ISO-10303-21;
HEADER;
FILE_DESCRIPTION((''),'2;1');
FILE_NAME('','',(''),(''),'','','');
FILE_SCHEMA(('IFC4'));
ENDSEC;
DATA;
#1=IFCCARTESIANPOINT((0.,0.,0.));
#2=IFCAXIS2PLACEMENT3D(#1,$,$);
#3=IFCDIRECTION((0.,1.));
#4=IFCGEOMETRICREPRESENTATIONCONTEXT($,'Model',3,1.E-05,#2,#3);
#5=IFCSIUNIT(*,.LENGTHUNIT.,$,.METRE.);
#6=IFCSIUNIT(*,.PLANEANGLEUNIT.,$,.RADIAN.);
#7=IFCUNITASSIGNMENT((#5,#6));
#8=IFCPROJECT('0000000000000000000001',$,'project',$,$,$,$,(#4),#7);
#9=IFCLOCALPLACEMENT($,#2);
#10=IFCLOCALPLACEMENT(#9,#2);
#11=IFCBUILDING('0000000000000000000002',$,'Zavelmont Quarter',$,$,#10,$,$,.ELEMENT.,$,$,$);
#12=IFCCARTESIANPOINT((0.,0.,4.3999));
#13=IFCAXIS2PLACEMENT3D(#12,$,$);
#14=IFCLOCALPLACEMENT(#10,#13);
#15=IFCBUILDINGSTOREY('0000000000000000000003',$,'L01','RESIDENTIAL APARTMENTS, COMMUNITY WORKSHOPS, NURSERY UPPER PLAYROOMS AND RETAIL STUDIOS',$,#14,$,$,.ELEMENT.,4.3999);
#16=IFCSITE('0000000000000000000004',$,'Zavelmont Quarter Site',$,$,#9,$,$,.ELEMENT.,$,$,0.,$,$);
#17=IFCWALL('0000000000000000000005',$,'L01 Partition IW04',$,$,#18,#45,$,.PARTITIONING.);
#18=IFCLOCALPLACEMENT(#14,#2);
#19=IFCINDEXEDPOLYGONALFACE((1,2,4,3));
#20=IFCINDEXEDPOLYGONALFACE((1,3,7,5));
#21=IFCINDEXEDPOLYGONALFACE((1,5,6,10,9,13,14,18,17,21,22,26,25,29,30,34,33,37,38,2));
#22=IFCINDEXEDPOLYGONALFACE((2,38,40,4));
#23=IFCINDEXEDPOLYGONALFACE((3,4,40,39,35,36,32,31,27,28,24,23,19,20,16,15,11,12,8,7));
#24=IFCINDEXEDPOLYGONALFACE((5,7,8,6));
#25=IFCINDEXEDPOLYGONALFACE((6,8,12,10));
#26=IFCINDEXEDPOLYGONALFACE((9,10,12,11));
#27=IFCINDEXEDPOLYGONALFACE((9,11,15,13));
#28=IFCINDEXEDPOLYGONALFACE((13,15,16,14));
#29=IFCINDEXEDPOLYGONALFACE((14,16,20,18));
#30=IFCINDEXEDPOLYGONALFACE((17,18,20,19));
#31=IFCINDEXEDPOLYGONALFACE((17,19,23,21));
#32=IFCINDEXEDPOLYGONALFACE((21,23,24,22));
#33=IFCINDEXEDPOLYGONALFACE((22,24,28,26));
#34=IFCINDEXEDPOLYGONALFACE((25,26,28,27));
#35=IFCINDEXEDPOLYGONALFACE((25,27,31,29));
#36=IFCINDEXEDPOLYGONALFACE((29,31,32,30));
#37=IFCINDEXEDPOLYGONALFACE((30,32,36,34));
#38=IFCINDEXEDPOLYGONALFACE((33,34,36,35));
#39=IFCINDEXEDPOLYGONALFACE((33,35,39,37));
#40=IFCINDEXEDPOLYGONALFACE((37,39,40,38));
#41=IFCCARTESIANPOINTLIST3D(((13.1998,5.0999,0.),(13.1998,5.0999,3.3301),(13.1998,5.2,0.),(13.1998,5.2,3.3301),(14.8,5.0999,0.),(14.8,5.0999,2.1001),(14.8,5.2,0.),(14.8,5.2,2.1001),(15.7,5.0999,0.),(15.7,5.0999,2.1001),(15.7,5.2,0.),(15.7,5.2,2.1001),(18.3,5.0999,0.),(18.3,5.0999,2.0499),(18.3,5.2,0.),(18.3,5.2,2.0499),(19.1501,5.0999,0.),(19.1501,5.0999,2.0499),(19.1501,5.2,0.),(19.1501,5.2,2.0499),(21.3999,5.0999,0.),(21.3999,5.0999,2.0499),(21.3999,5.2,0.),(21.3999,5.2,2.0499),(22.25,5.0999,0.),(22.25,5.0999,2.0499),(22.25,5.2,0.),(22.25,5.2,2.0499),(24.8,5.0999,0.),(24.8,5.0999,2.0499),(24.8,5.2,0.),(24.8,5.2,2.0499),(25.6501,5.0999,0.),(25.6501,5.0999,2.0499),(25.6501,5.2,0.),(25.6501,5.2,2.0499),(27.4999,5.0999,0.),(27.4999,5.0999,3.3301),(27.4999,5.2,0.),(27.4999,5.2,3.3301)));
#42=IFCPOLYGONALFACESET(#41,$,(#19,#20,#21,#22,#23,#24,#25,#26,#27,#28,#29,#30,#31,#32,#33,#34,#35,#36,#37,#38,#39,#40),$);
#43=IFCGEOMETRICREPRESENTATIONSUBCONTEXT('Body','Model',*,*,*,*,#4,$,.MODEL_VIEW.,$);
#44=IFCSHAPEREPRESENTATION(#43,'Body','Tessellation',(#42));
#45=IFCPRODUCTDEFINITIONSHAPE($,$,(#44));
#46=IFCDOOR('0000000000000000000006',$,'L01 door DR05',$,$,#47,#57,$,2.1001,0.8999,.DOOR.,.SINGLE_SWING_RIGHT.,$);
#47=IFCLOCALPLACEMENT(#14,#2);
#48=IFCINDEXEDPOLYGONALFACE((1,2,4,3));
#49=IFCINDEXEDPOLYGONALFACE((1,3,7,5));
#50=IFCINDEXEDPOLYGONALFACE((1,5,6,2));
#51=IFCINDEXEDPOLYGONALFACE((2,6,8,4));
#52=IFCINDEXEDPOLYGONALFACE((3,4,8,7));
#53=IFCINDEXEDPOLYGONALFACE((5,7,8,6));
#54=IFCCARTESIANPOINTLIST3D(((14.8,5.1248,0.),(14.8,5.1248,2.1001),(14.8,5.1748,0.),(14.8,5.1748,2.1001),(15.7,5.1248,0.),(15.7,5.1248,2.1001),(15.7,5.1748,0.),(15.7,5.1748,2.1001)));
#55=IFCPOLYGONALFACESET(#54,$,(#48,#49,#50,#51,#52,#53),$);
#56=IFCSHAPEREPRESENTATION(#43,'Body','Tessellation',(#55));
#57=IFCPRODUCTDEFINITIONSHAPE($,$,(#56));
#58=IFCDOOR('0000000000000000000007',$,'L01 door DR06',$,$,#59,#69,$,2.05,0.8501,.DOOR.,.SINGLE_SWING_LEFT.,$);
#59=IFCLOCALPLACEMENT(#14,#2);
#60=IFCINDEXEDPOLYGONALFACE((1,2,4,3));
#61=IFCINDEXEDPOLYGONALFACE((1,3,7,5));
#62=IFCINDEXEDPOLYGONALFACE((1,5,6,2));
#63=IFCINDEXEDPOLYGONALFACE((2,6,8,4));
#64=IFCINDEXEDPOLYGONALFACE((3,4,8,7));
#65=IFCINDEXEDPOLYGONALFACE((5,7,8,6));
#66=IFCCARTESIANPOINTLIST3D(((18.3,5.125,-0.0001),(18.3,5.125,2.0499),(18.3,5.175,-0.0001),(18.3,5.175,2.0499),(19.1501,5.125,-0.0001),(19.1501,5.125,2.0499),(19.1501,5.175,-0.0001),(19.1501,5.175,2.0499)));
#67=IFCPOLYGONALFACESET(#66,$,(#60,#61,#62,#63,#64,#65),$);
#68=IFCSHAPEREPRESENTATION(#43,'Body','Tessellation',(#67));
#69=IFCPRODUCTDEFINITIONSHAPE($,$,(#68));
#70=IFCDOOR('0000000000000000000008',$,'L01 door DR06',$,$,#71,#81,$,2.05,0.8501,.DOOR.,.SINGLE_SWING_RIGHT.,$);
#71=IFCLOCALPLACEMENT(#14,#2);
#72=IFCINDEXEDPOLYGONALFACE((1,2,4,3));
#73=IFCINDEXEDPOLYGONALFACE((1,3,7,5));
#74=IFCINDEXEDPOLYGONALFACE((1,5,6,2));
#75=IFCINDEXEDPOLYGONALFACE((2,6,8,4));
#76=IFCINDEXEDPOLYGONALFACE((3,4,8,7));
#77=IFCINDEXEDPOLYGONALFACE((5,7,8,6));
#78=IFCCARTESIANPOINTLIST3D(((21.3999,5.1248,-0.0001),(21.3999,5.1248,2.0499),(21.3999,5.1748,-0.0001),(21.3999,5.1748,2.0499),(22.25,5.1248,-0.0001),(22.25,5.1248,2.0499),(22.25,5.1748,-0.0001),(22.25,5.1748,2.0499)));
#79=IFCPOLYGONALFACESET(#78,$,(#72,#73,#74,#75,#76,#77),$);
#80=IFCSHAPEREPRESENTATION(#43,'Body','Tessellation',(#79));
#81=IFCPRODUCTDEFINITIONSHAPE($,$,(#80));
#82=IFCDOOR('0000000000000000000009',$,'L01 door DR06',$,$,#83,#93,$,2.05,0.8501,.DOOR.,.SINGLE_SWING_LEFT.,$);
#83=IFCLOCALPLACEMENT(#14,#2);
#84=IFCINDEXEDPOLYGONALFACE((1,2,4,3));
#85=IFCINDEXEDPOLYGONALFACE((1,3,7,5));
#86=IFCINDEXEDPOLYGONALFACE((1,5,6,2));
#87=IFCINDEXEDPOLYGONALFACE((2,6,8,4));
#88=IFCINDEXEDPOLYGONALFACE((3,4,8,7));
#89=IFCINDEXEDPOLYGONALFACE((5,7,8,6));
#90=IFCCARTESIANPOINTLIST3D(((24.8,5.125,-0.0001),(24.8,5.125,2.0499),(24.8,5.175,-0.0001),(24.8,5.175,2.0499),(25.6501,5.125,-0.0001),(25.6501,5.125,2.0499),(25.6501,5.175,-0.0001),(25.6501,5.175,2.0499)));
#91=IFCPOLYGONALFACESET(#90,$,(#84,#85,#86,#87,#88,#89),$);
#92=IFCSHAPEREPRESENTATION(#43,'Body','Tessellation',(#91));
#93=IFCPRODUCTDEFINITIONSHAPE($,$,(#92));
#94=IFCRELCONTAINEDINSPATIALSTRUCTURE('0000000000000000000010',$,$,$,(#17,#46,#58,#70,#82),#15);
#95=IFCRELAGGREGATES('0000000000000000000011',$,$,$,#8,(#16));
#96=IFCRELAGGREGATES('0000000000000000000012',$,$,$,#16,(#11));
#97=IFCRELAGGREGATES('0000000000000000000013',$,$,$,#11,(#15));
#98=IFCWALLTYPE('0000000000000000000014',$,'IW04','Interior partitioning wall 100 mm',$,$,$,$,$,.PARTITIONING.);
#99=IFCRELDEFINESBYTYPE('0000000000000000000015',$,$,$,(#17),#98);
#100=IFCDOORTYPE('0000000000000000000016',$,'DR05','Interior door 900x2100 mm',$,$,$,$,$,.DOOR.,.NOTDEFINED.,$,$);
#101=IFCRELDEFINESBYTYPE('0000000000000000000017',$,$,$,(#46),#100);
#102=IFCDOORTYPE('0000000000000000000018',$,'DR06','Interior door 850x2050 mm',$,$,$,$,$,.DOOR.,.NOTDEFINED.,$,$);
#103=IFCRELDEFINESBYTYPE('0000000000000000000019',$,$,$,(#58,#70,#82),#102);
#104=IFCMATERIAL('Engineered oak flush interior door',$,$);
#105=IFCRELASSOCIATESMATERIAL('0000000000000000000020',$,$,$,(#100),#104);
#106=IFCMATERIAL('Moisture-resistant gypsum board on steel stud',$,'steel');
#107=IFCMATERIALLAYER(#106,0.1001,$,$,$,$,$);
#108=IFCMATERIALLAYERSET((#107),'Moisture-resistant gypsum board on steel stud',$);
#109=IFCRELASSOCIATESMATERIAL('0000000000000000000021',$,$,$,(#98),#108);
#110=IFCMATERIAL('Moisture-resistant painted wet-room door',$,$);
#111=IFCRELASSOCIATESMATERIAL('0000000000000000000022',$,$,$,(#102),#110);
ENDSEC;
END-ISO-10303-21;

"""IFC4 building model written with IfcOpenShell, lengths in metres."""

from ifc_helpers import new_model, si_unit, direction, frame, frame_2d, origin, origin_with_axes, place, context, subcontext, project, spatial, rectangle, extrude, material, layer, layer_set, type_object, element, fill, save


model = new_model("IFC4")

# Units and contexts
model_context = context("Model", 3, precision=1e-05, world=origin(), true_north=direction((0.0, 1.0)))
body_context = subcontext(model_context, "Body", "Model", "MODEL_VIEW")
ifc_project = project(units=[si_unit("LENGTHUNIT", "METRE"), si_unit("PLANEANGLEUNIT", "RADIAN")], contexts=[model_context])

# Site, building, storey
site_placement = place(None, origin())
site = spatial("IfcSite", under=ifc_project, at=site_placement, Name="Zavelmont Quarter Site", CompositionType="ELEMENT", RefElevation=0.0)
building_placement = place(site_placement, origin())
building = spatial("IfcBuilding", under=site, at=building_placement, Name="Zavelmont Quarter", CompositionType="ELEMENT")
storey_placement = place(building_placement, frame((0.0, 0.0, 4.3999)))
storey = spatial("IfcBuildingStorey", under=building, at=storey_placement, Name="L01", Description="RESIDENTIAL APARTMENTS, COMMUNITY WORKSHOPS, NURSERY UPPER PLAYROOMS AND RETAIL STUDIOS", CompositionType="ELEMENT", Elevation=4.3999)

# Shared definitions
ifc_material_1 = material(Name="Engineered oak flush interior door")
door_type_1 = type_object("IfcDoorType", Name="DR05", Description="Interior door 900x2100 mm", OperationType="NOTDEFINED", PredefinedType="DOOR", material=ifc_material_1)

# Shared definitions
ifc_material_2 = material(Name="Moisture-resistant gypsum board on steel stud", Category="steel")
ifc_layer_1 = layer(ifc_material_2, 0.1001)
ifc_layer_set_1 = layer_set([ifc_layer_1], Name="Moisture-resistant gypsum board on steel stud")
wall_type_1 = type_object("IfcWallType", Name="IW04", Description="Interior partitioning wall 100 mm", PredefinedType="PARTITIONING", material=ifc_layer_set_1)

# Wall, openings, doors
wall_1_placement = place(storey_placement, frame((13.2, 5.1499, 0.0), z_axis=(0.0, 0.0, 1.0), x_axis=(1.0, 0.0, 0.0)))
wall_1 = element("IfcWall", 1, at=wall_1_placement, inside=storey, type_object=wall_type_1, Name="L01 Partition IW04", PredefinedType="PARTITIONING", context=body_context, shape_type="SweptSolid", body=[
    extrude(rectangle(XDim=14.3, YDim=0.1001, at=frame_2d((7.1499, 0.0))), origin(), (0.0, 0.0, 1.0), 3.3301),
])
opening_1_placement = place(wall_1_placement, frame((1.6001, 0.0, 0.0)))
opening_1 = element("IfcOpeningElement", 2, at=opening_1_placement, cuts=wall_1, PredefinedType="OPENING", context=body_context, shape_type="SweptSolid", body=[
    extrude(rectangle(XDim=0.8999, YDim=2.1001, at=frame_2d((0.45, 1.05))), frame((0.0, 0.062, 0.0), z_axis=(0.0, -1.0, 0.0), x_axis=(1.0, 0.0, 0.0)), (0.0, 0.0, 1.0), 0.124),
])
opening_2_placement = place(wall_1_placement, frame((5.1001, 0.0, 0.0)))
opening_2 = element("IfcOpeningElement", 3, at=opening_2_placement, cuts=wall_1, PredefinedType="OPENING", context=body_context, shape_type="SweptSolid", body=[
    extrude(rectangle(XDim=0.8501, YDim=2.05, at=frame_2d((0.425, 1.0249))), frame((0.0, 0.062, 0.0), z_axis=(0.0, -1.0, 0.0), x_axis=(1.0, 0.0, 0.0)), (0.0, 0.0, 1.0), 0.124),
])
opening_3_placement = place(wall_1_placement, frame((8.2, 0.0, 0.0)))
opening_3 = element("IfcOpeningElement", 4, at=opening_3_placement, cuts=wall_1, PredefinedType="OPENING", context=body_context, shape_type="SweptSolid", body=[
    extrude(rectangle(XDim=0.8501, YDim=2.05, at=frame_2d((0.425, 1.0249))), frame((0.0, 0.062, 0.0), z_axis=(0.0, -1.0, 0.0), x_axis=(1.0, 0.0, 0.0)), (0.0, 0.0, 1.0), 0.124),
])
opening_4_placement = place(wall_1_placement, frame((11.6001, 0.0, 0.0)))
opening_4 = element("IfcOpeningElement", 5, at=opening_4_placement, cuts=wall_1, PredefinedType="OPENING", context=body_context, shape_type="SweptSolid", body=[
    extrude(rectangle(XDim=0.8501, YDim=2.05, at=frame_2d((0.425, 1.0249))), frame((0.0, 0.062, 0.0), z_axis=(0.0, -1.0, 0.0), x_axis=(1.0, 0.0, 0.0)), (0.0, 0.0, 1.0), 0.124),
])
door_1_placement = place(opening_1_placement, origin_with_axes())
door_1 = element("IfcDoor", 6, at=door_1_placement, inside=storey, type_object=door_type_1, Name="L01 door DR05", OperationType="SINGLE_SWING_RIGHT", OverallHeight=2.1001, OverallWidth=0.8999, PredefinedType="DOOR", context=body_context, shape_type="SweptSolid", body=[
    extrude(rectangle(XDim=0.8999, YDim=2.1001, at=frame_2d((0.45, 1.05))), frame((0.0, 0.0249, 0.0), z_axis=(0.0, -1.0, 0.0), x_axis=(1.0, 0.0, 0.0)), (0.0, 0.0, 1.0), 0.05),
])
fill(opening_1, door_1)
ifc_material_3 = material(Name="Moisture-resistant painted wet-room door")
door_type_2 = type_object("IfcDoorType", Name="DR06", Description="Interior door 850x2050 mm", OperationType="NOTDEFINED", PredefinedType="DOOR", material=ifc_material_3)
door_2_placement = place(opening_2_placement, frame((0.8501, 0.0, 0.0), z_axis=(0.0, 0.0, 1.0), x_axis=(-1.0, 0.0, 0.0)))
door_2 = element("IfcDoor", 7, at=door_2_placement, inside=storey, type_object=door_type_2, Name="L01 door DR06", OperationType="SINGLE_SWING_LEFT", OverallHeight=2.05, OverallWidth=0.8501, PredefinedType="DOOR", context=body_context, shape_type="SweptSolid", body=[
    extrude(rectangle(XDim=0.8501, YDim=2.05, at=frame_2d((0.425, 1.0249))), frame((0.0, 0.0249, 0.0), z_axis=(0.0, -1.0, 0.0), x_axis=(1.0, 0.0, 0.0)), (0.0, 0.0, 1.0), 0.05),
])
fill(opening_2, door_2)
door_3_placement = place(opening_3_placement, origin_with_axes())
door_3 = element("IfcDoor", 8, at=door_3_placement, inside=storey, type_object=door_type_2, Name="L01 door DR06", OperationType="SINGLE_SWING_RIGHT", OverallHeight=2.05, OverallWidth=0.8501, PredefinedType="DOOR", context=body_context, shape_type="SweptSolid", body=[
    extrude(rectangle(XDim=0.8501, YDim=2.05, at=frame_2d((0.425, 1.0249))), frame((0.0, 0.0249, 0.0), z_axis=(0.0, -1.0, 0.0), x_axis=(1.0, 0.0, 0.0)), (0.0, 0.0, 1.0), 0.05),
])
fill(opening_3, door_3)
door_4_placement = place(opening_4_placement, frame((0.8501, 0.0, 0.0), z_axis=(0.0, 0.0, 1.0), x_axis=(-1.0, 0.0, 0.0)))
door_4 = element("IfcDoor", 9, at=door_4_placement, inside=storey, type_object=door_type_2, Name="L01 door DR06", OperationType="SINGLE_SWING_LEFT", OverallHeight=2.05, OverallWidth=0.8501, PredefinedType="DOOR", context=body_context, shape_type="SweptSolid", body=[
    extrude(rectangle(XDim=0.8501, YDim=2.05, at=frame_2d((0.425, 1.0249))), frame((0.0, 0.0249, 0.0), z_axis=(0.0, -1.0, 0.0), x_axis=(1.0, 0.0, 0.0)), (0.0, 0.0, 1.0), 0.05),
])
fill(opening_4, door_4)

save(model, "model.ifc")
